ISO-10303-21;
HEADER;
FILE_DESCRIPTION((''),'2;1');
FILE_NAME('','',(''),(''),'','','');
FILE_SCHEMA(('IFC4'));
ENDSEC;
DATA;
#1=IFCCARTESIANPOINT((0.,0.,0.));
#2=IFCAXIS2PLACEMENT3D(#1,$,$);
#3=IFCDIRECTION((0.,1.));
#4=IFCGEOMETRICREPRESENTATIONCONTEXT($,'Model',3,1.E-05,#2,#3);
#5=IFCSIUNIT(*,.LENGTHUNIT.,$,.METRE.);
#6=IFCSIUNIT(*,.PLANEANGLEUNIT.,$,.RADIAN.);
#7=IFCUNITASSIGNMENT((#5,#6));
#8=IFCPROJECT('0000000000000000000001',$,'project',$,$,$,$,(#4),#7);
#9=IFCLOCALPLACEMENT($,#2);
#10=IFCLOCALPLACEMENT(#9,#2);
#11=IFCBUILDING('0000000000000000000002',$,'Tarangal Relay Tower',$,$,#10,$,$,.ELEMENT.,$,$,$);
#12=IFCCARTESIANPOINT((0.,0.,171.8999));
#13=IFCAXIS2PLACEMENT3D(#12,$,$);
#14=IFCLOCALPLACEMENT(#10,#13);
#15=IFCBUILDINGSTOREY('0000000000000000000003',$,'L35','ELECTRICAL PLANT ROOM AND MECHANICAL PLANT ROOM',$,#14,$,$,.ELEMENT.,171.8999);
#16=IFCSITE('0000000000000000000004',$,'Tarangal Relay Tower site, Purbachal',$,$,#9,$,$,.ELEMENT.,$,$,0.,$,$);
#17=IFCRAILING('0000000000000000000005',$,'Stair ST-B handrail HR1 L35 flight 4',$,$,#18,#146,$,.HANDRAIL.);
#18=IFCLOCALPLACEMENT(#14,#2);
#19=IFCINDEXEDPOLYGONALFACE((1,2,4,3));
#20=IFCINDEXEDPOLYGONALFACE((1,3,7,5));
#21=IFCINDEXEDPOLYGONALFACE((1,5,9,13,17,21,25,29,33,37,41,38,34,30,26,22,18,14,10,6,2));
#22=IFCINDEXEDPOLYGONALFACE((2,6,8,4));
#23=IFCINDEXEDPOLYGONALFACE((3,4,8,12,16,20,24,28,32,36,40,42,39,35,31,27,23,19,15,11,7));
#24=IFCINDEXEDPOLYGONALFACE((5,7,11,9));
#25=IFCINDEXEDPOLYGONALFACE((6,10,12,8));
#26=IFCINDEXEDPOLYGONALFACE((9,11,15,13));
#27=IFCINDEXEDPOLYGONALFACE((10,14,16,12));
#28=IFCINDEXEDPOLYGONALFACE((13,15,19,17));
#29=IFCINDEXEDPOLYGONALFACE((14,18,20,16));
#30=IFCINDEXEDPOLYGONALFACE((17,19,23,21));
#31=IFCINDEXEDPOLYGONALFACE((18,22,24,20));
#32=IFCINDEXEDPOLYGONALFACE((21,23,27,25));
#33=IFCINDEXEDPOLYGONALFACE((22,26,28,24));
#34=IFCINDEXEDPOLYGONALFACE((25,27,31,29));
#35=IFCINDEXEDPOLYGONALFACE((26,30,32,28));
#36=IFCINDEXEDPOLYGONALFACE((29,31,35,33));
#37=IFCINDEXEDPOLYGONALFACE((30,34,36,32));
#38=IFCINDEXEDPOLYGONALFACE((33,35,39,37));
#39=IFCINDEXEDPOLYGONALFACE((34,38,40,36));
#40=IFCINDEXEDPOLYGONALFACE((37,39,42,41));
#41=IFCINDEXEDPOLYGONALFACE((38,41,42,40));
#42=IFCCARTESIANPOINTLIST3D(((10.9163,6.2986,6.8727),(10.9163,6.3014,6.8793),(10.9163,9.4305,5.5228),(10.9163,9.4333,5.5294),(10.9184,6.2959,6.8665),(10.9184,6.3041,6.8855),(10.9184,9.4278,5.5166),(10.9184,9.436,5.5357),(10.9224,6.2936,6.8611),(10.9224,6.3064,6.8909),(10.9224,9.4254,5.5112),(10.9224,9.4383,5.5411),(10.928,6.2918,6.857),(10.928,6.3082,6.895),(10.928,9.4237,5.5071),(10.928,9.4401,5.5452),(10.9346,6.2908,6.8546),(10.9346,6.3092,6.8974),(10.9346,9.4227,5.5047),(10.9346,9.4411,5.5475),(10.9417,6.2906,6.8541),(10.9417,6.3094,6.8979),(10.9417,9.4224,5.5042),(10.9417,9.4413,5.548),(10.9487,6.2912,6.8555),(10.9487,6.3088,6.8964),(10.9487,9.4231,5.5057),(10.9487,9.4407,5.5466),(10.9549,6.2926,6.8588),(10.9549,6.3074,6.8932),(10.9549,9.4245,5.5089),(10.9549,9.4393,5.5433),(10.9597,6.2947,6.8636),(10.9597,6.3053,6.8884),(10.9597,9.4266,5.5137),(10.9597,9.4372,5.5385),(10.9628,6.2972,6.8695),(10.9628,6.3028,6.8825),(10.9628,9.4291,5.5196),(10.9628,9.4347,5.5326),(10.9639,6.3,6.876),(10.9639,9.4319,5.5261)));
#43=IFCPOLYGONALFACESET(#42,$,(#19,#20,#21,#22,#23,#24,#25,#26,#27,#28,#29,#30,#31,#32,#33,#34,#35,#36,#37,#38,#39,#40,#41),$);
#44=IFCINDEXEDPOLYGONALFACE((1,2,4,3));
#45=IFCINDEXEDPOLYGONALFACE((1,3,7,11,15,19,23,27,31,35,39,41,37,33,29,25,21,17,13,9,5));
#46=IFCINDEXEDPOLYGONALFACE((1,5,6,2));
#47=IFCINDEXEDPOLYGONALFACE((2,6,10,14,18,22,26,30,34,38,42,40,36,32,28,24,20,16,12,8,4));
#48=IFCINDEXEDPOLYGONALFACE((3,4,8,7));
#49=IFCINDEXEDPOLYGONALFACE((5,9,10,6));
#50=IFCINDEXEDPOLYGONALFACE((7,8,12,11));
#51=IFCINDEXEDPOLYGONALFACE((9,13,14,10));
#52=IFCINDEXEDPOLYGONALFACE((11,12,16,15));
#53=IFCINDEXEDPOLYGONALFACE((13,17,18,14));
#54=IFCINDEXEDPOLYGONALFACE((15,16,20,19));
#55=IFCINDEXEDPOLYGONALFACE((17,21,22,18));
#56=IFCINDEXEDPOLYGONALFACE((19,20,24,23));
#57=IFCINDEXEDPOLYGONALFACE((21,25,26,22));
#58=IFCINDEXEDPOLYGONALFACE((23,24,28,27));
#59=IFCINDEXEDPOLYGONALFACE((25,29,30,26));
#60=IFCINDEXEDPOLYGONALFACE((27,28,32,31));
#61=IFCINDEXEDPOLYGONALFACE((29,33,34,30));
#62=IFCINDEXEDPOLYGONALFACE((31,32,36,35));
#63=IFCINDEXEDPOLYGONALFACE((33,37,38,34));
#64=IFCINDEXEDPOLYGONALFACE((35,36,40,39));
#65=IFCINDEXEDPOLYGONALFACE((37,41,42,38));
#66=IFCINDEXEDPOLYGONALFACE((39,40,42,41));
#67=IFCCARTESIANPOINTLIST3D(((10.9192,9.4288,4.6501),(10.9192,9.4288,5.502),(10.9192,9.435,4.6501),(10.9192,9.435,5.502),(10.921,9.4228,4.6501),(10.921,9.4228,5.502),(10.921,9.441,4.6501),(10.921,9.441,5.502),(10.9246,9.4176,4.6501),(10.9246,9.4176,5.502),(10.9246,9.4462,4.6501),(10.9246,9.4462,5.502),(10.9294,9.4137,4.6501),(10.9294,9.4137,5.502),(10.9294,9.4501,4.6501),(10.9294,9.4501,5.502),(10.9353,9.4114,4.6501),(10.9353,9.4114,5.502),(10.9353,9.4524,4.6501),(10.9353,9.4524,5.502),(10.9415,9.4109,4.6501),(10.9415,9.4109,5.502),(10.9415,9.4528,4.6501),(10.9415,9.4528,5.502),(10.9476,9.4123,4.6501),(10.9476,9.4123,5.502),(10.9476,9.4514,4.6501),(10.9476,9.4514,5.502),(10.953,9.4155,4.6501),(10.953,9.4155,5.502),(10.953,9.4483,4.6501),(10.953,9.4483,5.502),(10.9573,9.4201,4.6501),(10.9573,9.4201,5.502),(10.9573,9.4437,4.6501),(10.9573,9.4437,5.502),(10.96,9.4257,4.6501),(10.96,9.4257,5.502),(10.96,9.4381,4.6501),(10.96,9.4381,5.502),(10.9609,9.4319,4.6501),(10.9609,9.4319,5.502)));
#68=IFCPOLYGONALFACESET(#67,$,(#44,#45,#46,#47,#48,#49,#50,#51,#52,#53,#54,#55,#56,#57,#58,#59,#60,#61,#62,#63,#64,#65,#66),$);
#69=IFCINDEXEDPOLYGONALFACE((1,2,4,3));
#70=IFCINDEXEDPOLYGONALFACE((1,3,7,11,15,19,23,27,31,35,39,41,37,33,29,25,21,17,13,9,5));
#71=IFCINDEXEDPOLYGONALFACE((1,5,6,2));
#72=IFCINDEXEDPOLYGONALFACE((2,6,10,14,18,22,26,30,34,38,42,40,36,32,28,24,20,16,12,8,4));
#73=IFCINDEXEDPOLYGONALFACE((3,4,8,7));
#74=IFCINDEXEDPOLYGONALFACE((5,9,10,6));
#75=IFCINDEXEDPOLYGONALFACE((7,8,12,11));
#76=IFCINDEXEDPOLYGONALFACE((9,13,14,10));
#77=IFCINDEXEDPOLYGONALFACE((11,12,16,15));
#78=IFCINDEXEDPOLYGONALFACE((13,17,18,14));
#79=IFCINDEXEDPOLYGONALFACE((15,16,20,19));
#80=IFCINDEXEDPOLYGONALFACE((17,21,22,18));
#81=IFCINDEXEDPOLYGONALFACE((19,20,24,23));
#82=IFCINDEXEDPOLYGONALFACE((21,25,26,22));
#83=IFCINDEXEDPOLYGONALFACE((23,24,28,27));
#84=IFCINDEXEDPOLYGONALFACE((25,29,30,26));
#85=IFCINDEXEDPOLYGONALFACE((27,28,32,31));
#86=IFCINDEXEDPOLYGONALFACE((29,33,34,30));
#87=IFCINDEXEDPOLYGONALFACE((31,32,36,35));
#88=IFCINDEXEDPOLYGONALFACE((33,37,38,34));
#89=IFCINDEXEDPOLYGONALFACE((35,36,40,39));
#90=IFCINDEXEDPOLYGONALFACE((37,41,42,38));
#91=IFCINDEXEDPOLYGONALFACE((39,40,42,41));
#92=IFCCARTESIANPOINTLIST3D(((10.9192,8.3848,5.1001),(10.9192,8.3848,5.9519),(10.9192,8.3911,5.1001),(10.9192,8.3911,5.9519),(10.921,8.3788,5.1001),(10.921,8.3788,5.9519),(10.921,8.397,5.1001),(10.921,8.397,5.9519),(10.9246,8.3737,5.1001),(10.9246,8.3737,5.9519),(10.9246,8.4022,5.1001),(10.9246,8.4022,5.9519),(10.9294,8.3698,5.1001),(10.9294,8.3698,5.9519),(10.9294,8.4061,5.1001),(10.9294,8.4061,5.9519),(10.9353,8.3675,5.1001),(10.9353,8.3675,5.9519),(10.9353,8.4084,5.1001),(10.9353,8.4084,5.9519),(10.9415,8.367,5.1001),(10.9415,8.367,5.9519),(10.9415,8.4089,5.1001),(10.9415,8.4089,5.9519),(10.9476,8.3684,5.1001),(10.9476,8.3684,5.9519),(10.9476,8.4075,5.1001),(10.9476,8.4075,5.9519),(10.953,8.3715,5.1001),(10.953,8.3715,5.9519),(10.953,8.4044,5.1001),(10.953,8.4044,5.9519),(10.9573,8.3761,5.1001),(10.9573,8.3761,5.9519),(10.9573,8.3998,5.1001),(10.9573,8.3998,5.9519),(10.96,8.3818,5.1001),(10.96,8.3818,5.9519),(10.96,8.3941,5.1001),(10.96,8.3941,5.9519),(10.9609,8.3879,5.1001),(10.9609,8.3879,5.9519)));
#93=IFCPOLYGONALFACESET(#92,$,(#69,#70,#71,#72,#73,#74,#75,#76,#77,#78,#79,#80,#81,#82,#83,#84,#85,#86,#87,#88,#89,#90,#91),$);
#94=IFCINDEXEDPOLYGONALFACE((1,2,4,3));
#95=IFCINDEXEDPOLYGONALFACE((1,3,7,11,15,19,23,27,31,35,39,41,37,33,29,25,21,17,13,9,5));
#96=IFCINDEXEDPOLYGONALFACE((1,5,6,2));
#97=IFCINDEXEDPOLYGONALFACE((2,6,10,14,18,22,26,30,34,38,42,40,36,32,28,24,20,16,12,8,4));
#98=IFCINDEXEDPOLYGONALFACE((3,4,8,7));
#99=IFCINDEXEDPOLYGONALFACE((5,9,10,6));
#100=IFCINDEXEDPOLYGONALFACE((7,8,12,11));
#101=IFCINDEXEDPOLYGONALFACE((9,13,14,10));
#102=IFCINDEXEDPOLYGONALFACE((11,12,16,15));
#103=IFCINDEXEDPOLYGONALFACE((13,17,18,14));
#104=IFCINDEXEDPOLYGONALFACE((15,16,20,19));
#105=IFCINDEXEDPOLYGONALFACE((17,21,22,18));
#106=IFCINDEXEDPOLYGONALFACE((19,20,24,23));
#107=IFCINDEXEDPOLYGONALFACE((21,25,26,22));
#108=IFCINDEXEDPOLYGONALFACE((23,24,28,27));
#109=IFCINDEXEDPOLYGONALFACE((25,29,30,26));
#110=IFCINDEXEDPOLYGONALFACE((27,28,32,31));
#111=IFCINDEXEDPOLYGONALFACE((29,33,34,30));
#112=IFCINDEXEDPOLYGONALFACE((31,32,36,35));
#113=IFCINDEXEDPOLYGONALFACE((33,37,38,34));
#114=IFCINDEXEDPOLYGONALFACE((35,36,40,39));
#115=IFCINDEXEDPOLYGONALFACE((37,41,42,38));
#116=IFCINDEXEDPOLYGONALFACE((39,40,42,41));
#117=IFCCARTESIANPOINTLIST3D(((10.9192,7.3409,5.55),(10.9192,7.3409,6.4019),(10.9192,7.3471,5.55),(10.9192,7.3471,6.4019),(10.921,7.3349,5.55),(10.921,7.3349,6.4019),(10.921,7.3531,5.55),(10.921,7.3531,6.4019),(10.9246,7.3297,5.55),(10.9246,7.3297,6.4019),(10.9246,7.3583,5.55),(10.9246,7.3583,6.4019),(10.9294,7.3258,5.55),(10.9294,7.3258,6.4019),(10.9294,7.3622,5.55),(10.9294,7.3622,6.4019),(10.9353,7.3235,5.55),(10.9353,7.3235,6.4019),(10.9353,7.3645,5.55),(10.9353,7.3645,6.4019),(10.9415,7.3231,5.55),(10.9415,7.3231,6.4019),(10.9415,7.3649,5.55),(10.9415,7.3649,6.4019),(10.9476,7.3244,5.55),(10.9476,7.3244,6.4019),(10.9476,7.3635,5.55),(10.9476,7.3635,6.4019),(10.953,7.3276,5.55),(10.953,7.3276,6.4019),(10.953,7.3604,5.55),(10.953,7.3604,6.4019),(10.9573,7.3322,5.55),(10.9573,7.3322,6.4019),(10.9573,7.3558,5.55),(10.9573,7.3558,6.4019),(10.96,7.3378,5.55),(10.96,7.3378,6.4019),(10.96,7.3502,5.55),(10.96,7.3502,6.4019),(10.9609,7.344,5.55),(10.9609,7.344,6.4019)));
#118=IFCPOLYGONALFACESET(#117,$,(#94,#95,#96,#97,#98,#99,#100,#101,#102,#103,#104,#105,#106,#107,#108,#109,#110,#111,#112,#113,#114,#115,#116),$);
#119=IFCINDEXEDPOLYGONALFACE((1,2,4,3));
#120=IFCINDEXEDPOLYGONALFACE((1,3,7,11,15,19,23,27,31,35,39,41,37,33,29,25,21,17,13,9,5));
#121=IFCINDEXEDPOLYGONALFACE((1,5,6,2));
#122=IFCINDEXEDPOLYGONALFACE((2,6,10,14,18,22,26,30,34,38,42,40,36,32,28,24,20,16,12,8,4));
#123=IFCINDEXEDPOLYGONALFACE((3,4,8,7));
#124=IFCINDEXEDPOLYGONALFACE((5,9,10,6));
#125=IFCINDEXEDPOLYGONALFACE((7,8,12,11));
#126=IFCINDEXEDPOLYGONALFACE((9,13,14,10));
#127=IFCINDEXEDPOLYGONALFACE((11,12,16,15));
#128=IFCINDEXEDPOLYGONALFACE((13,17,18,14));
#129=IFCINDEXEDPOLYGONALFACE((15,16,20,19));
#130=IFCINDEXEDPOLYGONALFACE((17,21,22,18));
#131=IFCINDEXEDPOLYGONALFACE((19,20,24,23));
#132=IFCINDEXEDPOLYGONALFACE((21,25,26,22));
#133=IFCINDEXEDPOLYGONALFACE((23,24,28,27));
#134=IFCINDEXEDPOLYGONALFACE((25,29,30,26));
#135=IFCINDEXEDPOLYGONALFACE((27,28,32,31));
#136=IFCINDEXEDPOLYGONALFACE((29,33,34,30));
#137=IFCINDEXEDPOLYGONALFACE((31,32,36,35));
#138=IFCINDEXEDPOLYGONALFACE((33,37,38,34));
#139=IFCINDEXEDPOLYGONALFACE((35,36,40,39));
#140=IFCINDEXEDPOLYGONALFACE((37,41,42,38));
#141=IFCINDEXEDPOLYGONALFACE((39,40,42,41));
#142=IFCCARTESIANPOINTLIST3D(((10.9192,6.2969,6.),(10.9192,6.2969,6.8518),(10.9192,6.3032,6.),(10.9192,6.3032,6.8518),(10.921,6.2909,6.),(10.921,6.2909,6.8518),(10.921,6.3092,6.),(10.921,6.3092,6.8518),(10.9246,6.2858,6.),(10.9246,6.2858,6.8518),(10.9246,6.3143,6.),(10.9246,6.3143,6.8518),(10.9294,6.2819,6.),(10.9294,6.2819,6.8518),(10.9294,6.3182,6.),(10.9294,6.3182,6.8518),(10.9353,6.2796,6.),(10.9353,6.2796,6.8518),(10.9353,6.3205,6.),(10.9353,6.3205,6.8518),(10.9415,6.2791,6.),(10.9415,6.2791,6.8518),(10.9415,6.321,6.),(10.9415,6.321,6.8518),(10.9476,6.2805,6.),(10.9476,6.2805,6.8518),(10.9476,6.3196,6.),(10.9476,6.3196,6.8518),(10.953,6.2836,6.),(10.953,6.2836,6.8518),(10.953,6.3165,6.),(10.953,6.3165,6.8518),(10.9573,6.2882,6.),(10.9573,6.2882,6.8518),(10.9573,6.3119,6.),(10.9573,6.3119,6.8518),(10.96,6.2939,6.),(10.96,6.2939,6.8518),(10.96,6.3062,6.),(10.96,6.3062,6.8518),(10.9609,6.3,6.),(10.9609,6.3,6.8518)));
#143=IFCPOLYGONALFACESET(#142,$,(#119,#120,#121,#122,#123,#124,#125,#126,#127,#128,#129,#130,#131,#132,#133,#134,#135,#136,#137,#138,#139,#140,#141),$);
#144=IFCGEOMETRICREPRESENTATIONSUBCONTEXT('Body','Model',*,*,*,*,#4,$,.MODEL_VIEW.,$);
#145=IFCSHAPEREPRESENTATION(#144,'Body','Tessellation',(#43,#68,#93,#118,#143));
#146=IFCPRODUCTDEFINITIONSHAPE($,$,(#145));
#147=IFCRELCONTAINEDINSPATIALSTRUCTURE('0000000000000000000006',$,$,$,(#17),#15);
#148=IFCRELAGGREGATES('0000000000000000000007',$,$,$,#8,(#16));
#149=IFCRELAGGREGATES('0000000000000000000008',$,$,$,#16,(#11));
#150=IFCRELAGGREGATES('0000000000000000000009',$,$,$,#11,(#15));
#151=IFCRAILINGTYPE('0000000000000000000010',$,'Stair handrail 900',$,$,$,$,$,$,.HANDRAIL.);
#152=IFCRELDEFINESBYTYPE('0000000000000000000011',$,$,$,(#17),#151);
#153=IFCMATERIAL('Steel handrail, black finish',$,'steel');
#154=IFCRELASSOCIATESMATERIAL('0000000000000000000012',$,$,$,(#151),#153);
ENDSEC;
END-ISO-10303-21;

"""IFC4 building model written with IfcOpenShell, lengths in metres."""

from ifc_helpers import new_model, si_unit, direction, frame, origin, origin_2d, place, context, subcontext, project, spatial, circle, extrude, material, type_object, element, save


model = new_model("IFC4")

# Units and contexts
model_context = context("Model", 3, precision=1e-05, world=origin(), true_north=direction((0.0, 1.0)))
body_context = subcontext(model_context, "Body", "Model", "MODEL_VIEW")
ifc_project = project(units=[si_unit("LENGTHUNIT", "METRE"), si_unit("PLANEANGLEUNIT", "RADIAN")], contexts=[model_context])

# Site, building, storey
site_placement = place(None, origin())
site = spatial("IfcSite", under=ifc_project, at=site_placement, Name="Tarangal Relay Tower site, Purbachal", CompositionType="ELEMENT", RefElevation=0.0)
building_placement = place(site_placement, origin())
building = spatial("IfcBuilding", under=site, at=building_placement, Name="Tarangal Relay Tower", CompositionType="ELEMENT")
storey_placement = place(building_placement, frame((0.0, 0.0, 171.8999)))
storey = spatial("IfcBuildingStorey", under=building, at=storey_placement, Name="L35", Description="ELECTRICAL PLANT ROOM AND MECHANICAL PLANT ROOM", CompositionType="ELEMENT", Elevation=171.8999)

# Railing
ifc_material_1 = material(Name="Steel handrail, black finish", Category="steel")
railing_type_1 = type_object("IfcRailingType", Name="Stair handrail 900", PredefinedType="HANDRAIL", material=ifc_material_1)
railing_1_placement = place(storey_placement, frame((10.9399, 9.4319, 4.6501)))
element("IfcRailing", 1, at=railing_1_placement, inside=storey, type_object=railing_type_1, Name="Stair ST-B handrail HR1 L35 flight 4", PredefinedType="HANDRAIL", context=body_context, shape_type="SweptSolid", body=[
    extrude(circle(Radius=0.0239, at=origin_2d()), frame((0.0, 0.0, 0.876), z_axis=(0.0, -0.918332, 0.395811), x_axis=(1.0, 0.0, 0.0)), (0.0, 0.0, 1.0), 3.4104),
    extrude(circle(Radius=0.021, at=origin_2d()), origin(), (0.0, 0.0, 1.0), 0.8518),
    extrude(circle(Radius=0.021, at=origin_2d()), frame((0.0, -1.0439, 0.45)), (0.0, 0.0, 1.0), 0.8518),
    extrude(circle(Radius=0.021, at=origin_2d()), frame((0.0, -2.0879, 0.8999)), (0.0, 0.0, 1.0), 0.8518),
    extrude(circle(Radius=0.021, at=origin_2d()), frame((0.0, -3.1318, 1.3499)), (0.0, 0.0, 1.0), 0.8518),
])

save(model, "model.ifc")
